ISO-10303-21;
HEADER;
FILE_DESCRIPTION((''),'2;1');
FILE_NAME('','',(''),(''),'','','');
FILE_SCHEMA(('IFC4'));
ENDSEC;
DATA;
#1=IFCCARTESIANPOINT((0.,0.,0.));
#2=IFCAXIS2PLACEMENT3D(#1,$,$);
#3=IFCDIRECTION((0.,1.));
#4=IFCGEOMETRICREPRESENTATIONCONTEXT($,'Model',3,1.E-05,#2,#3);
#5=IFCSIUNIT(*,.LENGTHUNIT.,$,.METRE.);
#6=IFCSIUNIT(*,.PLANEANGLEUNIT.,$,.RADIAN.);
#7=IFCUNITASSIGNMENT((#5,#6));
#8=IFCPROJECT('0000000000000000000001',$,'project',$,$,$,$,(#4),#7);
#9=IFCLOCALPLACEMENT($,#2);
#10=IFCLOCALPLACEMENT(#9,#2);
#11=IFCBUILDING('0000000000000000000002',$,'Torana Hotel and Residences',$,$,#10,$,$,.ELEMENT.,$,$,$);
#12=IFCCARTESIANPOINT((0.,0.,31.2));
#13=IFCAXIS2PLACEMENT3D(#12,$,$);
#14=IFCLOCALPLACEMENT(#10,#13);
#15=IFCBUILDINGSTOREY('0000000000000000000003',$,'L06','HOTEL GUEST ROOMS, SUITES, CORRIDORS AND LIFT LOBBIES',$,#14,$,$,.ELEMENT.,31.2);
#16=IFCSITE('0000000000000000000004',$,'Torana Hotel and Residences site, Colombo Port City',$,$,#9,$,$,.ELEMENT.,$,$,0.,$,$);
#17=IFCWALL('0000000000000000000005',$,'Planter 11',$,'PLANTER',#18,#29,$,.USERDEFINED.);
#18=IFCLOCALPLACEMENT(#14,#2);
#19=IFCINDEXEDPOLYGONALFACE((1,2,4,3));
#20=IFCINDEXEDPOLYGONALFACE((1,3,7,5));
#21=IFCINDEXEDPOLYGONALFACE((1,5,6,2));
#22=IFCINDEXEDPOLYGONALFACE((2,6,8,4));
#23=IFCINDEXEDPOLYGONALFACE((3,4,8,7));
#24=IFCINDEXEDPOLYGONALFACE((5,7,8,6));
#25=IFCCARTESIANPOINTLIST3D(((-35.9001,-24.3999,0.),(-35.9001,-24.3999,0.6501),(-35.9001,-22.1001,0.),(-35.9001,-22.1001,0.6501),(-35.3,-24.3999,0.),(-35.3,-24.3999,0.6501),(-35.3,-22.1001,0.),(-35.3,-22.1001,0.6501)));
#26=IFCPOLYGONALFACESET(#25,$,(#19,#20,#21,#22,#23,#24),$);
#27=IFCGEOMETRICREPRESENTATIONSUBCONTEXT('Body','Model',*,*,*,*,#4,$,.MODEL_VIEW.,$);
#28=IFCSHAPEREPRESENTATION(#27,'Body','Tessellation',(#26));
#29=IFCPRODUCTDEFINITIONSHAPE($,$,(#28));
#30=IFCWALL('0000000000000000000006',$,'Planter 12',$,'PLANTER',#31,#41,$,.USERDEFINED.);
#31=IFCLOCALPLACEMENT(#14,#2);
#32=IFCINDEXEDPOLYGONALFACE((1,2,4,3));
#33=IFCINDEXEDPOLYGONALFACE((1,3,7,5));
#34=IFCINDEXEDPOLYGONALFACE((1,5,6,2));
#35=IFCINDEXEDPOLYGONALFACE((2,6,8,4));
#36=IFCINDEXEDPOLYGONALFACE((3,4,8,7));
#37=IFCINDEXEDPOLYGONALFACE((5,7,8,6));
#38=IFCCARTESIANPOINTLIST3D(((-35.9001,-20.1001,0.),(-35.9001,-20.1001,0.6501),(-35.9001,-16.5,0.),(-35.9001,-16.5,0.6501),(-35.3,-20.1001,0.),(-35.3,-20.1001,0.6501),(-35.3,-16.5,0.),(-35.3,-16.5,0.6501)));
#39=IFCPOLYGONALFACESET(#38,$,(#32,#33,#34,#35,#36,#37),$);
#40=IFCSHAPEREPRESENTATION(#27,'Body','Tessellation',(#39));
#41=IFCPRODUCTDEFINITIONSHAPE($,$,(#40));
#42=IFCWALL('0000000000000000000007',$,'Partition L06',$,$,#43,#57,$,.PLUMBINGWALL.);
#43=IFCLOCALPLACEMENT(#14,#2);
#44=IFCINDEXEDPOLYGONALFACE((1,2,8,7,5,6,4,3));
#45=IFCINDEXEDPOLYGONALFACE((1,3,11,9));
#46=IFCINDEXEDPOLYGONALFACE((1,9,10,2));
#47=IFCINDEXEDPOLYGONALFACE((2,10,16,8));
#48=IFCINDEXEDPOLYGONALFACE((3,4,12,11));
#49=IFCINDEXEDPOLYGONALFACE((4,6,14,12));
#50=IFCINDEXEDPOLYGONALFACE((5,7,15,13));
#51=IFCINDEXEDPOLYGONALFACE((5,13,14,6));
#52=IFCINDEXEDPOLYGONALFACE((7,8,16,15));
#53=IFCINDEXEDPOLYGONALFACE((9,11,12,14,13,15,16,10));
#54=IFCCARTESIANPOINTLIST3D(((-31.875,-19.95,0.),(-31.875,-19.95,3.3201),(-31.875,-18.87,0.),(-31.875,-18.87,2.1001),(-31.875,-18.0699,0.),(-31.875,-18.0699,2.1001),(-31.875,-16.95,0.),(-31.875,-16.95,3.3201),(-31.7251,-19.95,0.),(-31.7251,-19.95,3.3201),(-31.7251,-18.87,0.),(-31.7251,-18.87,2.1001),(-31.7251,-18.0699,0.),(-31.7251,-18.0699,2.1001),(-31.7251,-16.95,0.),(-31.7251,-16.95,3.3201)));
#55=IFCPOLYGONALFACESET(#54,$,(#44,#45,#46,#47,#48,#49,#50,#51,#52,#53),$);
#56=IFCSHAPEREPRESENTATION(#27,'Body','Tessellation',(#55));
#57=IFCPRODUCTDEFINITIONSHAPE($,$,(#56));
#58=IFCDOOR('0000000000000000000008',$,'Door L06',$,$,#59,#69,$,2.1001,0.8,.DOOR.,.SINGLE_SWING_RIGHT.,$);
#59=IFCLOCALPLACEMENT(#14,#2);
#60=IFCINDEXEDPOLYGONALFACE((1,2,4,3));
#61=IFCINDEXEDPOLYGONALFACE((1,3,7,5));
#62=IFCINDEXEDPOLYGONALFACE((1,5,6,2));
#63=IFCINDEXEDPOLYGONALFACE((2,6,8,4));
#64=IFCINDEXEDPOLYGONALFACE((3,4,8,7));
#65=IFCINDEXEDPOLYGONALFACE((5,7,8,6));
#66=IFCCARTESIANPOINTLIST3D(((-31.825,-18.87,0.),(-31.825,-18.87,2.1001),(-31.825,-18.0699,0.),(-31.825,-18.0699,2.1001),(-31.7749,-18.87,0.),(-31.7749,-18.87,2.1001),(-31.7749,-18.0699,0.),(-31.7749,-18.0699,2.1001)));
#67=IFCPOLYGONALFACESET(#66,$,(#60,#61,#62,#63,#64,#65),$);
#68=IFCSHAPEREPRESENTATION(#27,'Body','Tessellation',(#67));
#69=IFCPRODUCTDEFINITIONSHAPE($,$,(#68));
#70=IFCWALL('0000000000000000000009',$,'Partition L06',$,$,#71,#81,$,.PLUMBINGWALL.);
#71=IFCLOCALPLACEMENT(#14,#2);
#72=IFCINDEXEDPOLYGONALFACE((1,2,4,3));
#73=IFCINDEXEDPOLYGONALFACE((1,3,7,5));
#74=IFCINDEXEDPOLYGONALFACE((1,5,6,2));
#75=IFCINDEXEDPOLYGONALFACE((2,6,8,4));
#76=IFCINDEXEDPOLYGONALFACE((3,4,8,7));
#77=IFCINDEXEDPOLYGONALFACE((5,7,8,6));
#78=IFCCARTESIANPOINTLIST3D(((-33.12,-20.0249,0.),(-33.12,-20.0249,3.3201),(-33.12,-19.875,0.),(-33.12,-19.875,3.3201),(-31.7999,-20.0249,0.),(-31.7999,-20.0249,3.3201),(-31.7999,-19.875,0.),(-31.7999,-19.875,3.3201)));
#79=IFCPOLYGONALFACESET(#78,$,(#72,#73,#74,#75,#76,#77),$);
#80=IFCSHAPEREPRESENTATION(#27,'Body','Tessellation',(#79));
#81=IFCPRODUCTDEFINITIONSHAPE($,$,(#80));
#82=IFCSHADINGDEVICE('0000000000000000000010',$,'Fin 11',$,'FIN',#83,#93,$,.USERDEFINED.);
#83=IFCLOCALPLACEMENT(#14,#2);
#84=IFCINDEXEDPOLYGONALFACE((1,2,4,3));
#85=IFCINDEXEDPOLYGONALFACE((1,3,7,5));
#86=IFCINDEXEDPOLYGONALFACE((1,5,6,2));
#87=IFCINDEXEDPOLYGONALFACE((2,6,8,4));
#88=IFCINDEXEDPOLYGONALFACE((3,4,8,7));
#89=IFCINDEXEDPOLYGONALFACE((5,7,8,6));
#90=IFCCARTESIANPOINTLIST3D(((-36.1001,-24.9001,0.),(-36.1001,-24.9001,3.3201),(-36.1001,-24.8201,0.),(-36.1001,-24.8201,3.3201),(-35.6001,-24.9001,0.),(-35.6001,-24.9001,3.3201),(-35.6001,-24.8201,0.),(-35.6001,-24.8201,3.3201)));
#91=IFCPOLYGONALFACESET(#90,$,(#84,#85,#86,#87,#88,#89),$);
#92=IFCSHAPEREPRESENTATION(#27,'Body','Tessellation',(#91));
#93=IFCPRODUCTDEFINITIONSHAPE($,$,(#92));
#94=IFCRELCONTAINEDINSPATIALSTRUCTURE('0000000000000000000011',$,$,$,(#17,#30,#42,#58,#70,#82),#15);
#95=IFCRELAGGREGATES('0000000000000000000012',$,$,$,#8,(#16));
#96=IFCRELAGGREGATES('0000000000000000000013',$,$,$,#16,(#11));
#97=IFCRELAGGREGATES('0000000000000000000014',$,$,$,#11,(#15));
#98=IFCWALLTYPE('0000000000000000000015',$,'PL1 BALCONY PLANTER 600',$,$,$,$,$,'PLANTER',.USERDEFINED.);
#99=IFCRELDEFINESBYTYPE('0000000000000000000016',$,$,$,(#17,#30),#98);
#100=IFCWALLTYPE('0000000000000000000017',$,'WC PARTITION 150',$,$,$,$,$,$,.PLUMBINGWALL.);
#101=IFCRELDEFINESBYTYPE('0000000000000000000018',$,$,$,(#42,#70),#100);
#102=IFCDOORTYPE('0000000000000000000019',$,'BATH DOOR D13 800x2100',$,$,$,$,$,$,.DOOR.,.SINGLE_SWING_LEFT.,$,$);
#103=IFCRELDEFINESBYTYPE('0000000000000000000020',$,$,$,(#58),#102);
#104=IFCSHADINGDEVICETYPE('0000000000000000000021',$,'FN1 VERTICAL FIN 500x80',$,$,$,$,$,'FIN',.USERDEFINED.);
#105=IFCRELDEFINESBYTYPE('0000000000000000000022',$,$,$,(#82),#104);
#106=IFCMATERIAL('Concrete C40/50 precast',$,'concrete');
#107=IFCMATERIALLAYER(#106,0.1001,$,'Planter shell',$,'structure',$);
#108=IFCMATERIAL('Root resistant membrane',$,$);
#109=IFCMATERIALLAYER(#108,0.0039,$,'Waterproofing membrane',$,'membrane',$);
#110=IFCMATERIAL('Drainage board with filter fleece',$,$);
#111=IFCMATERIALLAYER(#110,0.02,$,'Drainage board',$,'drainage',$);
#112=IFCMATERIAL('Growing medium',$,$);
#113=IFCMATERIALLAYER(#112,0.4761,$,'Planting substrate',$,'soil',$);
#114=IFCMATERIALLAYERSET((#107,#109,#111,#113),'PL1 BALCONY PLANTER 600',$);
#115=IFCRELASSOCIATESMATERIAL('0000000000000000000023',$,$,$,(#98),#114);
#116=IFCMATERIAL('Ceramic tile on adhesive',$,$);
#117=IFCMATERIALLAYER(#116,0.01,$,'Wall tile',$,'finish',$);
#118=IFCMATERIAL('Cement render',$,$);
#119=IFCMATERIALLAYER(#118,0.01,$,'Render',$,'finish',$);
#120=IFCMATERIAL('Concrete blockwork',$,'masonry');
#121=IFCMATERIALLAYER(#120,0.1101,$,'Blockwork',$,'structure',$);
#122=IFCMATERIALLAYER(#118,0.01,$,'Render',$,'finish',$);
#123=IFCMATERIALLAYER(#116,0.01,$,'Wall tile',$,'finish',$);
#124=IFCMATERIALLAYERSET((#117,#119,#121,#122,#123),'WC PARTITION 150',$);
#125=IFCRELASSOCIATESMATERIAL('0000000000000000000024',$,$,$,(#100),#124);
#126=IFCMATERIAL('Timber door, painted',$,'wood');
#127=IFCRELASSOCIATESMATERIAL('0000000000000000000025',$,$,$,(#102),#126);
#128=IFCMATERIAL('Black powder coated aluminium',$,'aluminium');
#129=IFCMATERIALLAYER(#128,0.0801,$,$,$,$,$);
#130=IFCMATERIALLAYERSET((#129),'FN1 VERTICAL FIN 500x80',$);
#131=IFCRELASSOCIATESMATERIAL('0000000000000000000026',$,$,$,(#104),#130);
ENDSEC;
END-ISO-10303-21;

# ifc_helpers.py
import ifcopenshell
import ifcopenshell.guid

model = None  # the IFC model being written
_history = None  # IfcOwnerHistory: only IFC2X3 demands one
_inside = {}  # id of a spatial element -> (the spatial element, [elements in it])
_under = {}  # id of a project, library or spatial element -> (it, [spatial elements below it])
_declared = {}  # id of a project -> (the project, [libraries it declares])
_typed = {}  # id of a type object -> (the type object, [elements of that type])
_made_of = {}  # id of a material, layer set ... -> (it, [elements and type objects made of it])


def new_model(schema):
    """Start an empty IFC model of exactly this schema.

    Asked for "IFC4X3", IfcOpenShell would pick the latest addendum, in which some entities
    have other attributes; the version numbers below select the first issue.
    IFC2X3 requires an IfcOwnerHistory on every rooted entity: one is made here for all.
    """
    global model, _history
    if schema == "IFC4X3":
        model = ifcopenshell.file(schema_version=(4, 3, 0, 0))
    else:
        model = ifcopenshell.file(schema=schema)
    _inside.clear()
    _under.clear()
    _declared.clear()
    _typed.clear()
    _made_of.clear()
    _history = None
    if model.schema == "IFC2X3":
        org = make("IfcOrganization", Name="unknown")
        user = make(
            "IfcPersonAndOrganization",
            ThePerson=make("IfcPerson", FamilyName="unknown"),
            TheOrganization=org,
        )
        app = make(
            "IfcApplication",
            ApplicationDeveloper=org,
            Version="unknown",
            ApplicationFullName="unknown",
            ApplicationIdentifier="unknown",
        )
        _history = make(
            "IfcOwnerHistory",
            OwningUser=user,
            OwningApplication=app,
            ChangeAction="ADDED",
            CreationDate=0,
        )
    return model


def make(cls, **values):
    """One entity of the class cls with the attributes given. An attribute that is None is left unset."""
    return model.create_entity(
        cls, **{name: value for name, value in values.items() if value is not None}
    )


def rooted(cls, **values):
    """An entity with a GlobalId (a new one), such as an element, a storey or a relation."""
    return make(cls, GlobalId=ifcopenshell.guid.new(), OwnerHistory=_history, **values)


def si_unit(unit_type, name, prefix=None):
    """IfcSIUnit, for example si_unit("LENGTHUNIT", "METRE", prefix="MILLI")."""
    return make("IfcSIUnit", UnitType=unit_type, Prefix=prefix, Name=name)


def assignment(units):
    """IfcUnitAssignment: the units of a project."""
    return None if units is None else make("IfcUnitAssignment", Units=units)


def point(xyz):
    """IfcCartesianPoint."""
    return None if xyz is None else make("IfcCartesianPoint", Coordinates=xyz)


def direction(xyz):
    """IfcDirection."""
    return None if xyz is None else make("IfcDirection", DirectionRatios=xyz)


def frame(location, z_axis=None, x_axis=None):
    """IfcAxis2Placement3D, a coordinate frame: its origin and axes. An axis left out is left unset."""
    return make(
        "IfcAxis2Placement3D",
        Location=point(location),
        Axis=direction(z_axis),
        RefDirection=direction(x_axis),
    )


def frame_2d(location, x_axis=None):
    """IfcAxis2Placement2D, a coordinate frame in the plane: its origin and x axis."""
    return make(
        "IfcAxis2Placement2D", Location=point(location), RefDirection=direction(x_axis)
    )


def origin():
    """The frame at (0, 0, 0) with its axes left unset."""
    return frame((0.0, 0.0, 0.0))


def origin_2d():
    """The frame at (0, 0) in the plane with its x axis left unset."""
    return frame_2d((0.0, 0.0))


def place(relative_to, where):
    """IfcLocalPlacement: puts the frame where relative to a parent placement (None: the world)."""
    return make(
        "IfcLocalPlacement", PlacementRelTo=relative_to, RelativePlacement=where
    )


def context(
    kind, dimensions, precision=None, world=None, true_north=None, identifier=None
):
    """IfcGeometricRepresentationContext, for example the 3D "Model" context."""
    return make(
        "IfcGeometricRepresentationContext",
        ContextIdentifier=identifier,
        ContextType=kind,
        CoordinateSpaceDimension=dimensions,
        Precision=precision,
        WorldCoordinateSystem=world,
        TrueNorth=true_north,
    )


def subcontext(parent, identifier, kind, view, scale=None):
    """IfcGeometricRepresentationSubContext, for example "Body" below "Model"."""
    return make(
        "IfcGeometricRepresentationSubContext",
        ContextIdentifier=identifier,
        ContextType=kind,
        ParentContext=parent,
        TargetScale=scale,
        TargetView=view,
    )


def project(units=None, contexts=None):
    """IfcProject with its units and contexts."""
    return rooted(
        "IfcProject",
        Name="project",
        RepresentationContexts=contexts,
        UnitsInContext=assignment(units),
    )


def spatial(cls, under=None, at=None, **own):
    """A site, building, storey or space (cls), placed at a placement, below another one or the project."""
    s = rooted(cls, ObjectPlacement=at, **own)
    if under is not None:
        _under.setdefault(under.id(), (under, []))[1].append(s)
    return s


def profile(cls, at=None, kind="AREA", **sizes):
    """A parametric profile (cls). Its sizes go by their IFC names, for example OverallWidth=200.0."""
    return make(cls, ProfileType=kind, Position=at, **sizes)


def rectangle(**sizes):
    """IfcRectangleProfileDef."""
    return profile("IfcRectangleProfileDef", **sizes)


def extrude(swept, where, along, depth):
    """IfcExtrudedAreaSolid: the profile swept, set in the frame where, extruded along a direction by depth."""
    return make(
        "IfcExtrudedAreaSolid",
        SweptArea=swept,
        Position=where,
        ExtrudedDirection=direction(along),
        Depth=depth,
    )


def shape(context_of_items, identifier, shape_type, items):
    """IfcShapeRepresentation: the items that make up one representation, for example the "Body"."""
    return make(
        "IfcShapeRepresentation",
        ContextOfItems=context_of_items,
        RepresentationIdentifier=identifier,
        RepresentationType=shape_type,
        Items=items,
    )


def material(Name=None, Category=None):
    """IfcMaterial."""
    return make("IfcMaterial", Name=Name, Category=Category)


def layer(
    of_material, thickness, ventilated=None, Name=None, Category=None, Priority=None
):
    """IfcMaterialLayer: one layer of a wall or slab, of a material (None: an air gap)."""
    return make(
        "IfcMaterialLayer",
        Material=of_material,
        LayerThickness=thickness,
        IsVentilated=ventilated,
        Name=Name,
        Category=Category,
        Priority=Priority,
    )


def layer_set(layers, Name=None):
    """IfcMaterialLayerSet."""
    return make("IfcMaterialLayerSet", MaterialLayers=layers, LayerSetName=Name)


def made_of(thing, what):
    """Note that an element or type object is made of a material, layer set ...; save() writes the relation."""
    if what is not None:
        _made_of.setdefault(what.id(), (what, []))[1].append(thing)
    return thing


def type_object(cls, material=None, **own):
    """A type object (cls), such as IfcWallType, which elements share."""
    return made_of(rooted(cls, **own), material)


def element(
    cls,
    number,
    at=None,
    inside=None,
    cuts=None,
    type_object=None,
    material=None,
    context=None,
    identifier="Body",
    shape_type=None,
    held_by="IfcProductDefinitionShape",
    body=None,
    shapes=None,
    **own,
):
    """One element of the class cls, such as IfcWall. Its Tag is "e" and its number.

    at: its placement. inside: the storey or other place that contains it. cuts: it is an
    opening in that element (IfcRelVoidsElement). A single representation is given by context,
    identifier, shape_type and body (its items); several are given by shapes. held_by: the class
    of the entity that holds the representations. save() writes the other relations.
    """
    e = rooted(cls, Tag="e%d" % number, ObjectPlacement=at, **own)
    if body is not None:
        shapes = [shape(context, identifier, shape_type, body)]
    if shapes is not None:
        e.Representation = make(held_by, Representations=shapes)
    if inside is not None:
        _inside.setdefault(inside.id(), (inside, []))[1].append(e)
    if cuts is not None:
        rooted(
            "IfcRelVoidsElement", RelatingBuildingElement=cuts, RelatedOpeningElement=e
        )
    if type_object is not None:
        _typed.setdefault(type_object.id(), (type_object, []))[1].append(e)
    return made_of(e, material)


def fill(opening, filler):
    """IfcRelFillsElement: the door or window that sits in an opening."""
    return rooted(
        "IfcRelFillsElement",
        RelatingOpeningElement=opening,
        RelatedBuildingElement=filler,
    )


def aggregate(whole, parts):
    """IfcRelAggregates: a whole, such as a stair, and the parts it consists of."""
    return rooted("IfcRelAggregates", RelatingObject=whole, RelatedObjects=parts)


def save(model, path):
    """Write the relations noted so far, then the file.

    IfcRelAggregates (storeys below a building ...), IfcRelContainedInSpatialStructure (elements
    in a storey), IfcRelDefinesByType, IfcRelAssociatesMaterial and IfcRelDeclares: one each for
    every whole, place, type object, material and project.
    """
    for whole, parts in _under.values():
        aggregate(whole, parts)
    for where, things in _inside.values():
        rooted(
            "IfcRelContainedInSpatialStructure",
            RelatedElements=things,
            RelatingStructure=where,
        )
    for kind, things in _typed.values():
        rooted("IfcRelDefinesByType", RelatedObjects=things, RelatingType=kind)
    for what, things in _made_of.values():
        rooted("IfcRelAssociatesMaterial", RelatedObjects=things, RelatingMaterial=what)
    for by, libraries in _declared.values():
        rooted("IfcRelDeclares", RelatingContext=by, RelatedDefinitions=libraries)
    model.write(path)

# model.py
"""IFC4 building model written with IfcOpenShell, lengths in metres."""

from ifc_helpers import new_model, si_unit, direction, frame, frame_2d, origin, origin_2d, place, context, subcontext, project, spatial, rectangle, extrude, material, layer, layer_set, type_object, element, fill, save


model = new_model("IFC4")

# Units and contexts
model_context = context("Model", 3, precision=1e-05, world=origin(), true_north=direction((0.0, 1.0)))
body_context = subcontext(model_context, "Body", "Model", "MODEL_VIEW")
ifc_project = project(units=[si_unit("LENGTHUNIT", "METRE"), si_unit("PLANEANGLEUNIT", "RADIAN")], contexts=[model_context])

# Site, building, storey
site_placement = place(None, origin())
site = spatial("IfcSite", under=ifc_project, at=site_placement, Name="Torana Hotel and Residences site, Colombo Port City", CompositionType="ELEMENT", RefElevation=0.0)
building_placement = place(site_placement, origin())
building = spatial("IfcBuilding", under=site, at=building_placement, Name="Torana Hotel and Residences", CompositionType="ELEMENT")
storey_placement = place(building_placement, frame((0.0, 0.0, 31.2)))
storey = spatial("IfcBuildingStorey", under=building, at=storey_placement, Name="L06", Description="HOTEL GUEST ROOMS, SUITES, CORRIDORS AND LIFT LOBBIES", CompositionType="ELEMENT", Elevation=31.2)

# Walls
ifc_material_1 = material(Name="Concrete C40/50 precast", Category="concrete")
ifc_layer_1 = layer(ifc_material_1, 0.1001, Name="Planter shell", Category="structure")
ifc_material_2 = material(Name="Root resistant membrane")
ifc_layer_2 = layer(ifc_material_2, 0.0039, Name="Waterproofing membrane", Category="membrane")
ifc_material_3 = material(Name="Drainage board with filter fleece")
ifc_layer_3 = layer(ifc_material_3, 0.02, Name="Drainage board", Category="drainage")
ifc_material_4 = material(Name="Growing medium")
ifc_layer_4 = layer(ifc_material_4, 0.4761, Name="Planting substrate", Category="soil")
ifc_layer_set_1 = layer_set([ifc_layer_1, ifc_layer_2, ifc_layer_3, ifc_layer_4], Name="PL1 BALCONY PLANTER 600")
wall_type_1 = type_object("IfcWallType", Name="PL1 BALCONY PLANTER 600", ElementType="PLANTER", PredefinedType="USERDEFINED", material=ifc_layer_set_1)
wall_1_placement = place(storey_placement, frame((-35.6001, -24.3999, 0.0), z_axis=(0.0, 0.0, 1.0), x_axis=(0.0, 1.0, 0.0)))
element("IfcWall", 1, at=wall_1_placement, inside=storey, type_object=wall_type_1, Name="Planter 11", ObjectType="PLANTER", PredefinedType="USERDEFINED", context=body_context, shape_type="SweptSolid", body=[
    extrude(rectangle(XDim=2.2998, YDim=0.6001, at=frame_2d((1.1499, 0.0))), origin(), (0.0, 0.0, 1.0), 0.6501),
])
wall_2_placement = place(storey_placement, frame((-35.6001, -20.1001, 0.0), z_axis=(0.0, 0.0, 1.0), x_axis=(0.0, 1.0, 0.0)))
element("IfcWall", 2, at=wall_2_placement, inside=storey, type_object=wall_type_1, Name="Planter 12", ObjectType="PLANTER", PredefinedType="USERDEFINED", context=body_context, shape_type="SweptSolid", body=[
    extrude(rectangle(XDim=3.6001, YDim=0.6001, at=frame_2d((1.8, 0.0))), origin(), (0.0, 0.0, 1.0), 0.6501),
])

# Wall, opening, door
ifc_material_5 = material(Name="Ceramic tile on adhesive")
ifc_layer_5 = layer(ifc_material_5, 0.01, Name="Wall tile", Category="finish")
ifc_material_6 = material(Name="Cement render")
ifc_layer_6 = layer(ifc_material_6, 0.01, Name="Render", Category="finish")
ifc_material_7 = material(Name="Concrete blockwork", Category="masonry")
ifc_layer_7 = layer(ifc_material_7, 0.1101, Name="Blockwork", Category="structure")
ifc_layer_8 = layer(ifc_material_6, 0.01, Name="Render", Category="finish")
ifc_layer_9 = layer(ifc_material_5, 0.01, Name="Wall tile", Category="finish")
ifc_layer_set_2 = layer_set([ifc_layer_5, ifc_layer_6, ifc_layer_7, ifc_layer_8, ifc_layer_9], Name="WC PARTITION 150")
wall_type_2 = type_object("IfcWallType", Name="WC PARTITION 150", PredefinedType="PLUMBINGWALL", material=ifc_layer_set_2)
wall_3_placement = place(storey_placement, frame((-31.8, -19.95, 0.0), z_axis=(0.0, 0.0, 1.0), x_axis=(0.0, 1.0, 0.0)))
wall_3 = element("IfcWall", 3, at=wall_3_placement, inside=storey, type_object=wall_type_2, Name="Partition L06", PredefinedType="PLUMBINGWALL", context=body_context, shape_type="SweptSolid", body=[
    extrude(rectangle(XDim=3.0, YDim=0.1499, at=frame_2d((1.5, 0.0))), origin(), (0.0, 0.0, 1.0), 3.3201),
])
opening_1_placement = place(wall_3_placement, frame((1.0801, 0.0, 0.0)))
opening_1 = element("IfcOpeningElement", 4, at=opening_1_placement, cuts=wall_3, PredefinedType="OPENING", context=body_context, shape_type="SweptSolid", body=[
    extrude(rectangle(XDim=0.8, YDim=2.1001, at=frame_2d((0.3999, 1.05))), frame((0.0, 0.085, 0.0), z_axis=(0.0, -1.0, 0.0), x_axis=(1.0, 0.0, 0.0)), (0.0, 0.0, 1.0), 0.1699),
])
ifc_material_8 = material(Name="Timber door, painted", Category="wood")
door_type_1 = type_object("IfcDoorType", Name="BATH DOOR D13 800x2100", OperationType="SINGLE_SWING_LEFT", PredefinedType="DOOR", material=ifc_material_8)
door_1_placement = place(opening_1_placement, origin())
door_1 = element("IfcDoor", 5, at=door_1_placement, inside=storey, type_object=door_type_1, Name="Door L06", OperationType="SINGLE_SWING_RIGHT", OverallHeight=2.1001, OverallWidth=0.8, PredefinedType="DOOR", context=body_context, shape_type="SweptSolid", body=[
    extrude(rectangle(XDim=0.8, YDim=2.1001, at=frame_2d((0.3999, 1.05))), frame((0.0, 0.0249, 0.0), z_axis=(0.0, -1.0, 0.0), x_axis=(1.0, 0.0, 0.0)), (0.0, 0.0, 1.0), 0.05),
])
fill(opening_1, door_1)

# Wall
wall_4_placement = place(storey_placement, frame((-33.1201, -19.95, 0.0), z_axis=(0.0, 0.0, 1.0), x_axis=(1.0, 0.0, 0.0)))
element("IfcWall", 6, at=wall_4_placement, inside=storey, type_object=wall_type_2, Name="Partition L06", PredefinedType="PLUMBINGWALL", context=body_context, shape_type="SweptSolid", body=[
    extrude(rectangle(XDim=1.3201, YDim=0.1499, at=frame_2d((0.6602, 0.0))), origin(), (0.0, 0.0, 1.0), 3.3201),
])

# Shading device
ifc_material_9 = material(Name="Black powder coated aluminium", Category="aluminium")
ifc_layer_10 = layer(ifc_material_9, 0.0801)
ifc_layer_set_3 = layer_set([ifc_layer_10], Name="FN1 VERTICAL FIN 500x80")
shading_device_type = type_object("IfcShadingDeviceType", Name="FN1 VERTICAL FIN 500x80", ElementType="FIN", PredefinedType="USERDEFINED", material=ifc_layer_set_3)
shading_device_placement = place(storey_placement, frame((-35.8501, -24.8601, 0.0), z_axis=(0.0, 0.0, 1.0), x_axis=(0.0, 1.0, 0.0)))
element("IfcShadingDevice", 7, at=shading_device_placement, inside=storey, type_object=shading_device_type, Name="Fin 11", ObjectType="FIN", PredefinedType="USERDEFINED", context=body_context, shape_type="SweptSolid", body=[
    extrude(rectangle(XDim=0.0801, YDim=0.5, at=origin_2d()), origin(), (0.0, 0.0, 1.0), 3.3201),
])

save(model, "model.ifc")
